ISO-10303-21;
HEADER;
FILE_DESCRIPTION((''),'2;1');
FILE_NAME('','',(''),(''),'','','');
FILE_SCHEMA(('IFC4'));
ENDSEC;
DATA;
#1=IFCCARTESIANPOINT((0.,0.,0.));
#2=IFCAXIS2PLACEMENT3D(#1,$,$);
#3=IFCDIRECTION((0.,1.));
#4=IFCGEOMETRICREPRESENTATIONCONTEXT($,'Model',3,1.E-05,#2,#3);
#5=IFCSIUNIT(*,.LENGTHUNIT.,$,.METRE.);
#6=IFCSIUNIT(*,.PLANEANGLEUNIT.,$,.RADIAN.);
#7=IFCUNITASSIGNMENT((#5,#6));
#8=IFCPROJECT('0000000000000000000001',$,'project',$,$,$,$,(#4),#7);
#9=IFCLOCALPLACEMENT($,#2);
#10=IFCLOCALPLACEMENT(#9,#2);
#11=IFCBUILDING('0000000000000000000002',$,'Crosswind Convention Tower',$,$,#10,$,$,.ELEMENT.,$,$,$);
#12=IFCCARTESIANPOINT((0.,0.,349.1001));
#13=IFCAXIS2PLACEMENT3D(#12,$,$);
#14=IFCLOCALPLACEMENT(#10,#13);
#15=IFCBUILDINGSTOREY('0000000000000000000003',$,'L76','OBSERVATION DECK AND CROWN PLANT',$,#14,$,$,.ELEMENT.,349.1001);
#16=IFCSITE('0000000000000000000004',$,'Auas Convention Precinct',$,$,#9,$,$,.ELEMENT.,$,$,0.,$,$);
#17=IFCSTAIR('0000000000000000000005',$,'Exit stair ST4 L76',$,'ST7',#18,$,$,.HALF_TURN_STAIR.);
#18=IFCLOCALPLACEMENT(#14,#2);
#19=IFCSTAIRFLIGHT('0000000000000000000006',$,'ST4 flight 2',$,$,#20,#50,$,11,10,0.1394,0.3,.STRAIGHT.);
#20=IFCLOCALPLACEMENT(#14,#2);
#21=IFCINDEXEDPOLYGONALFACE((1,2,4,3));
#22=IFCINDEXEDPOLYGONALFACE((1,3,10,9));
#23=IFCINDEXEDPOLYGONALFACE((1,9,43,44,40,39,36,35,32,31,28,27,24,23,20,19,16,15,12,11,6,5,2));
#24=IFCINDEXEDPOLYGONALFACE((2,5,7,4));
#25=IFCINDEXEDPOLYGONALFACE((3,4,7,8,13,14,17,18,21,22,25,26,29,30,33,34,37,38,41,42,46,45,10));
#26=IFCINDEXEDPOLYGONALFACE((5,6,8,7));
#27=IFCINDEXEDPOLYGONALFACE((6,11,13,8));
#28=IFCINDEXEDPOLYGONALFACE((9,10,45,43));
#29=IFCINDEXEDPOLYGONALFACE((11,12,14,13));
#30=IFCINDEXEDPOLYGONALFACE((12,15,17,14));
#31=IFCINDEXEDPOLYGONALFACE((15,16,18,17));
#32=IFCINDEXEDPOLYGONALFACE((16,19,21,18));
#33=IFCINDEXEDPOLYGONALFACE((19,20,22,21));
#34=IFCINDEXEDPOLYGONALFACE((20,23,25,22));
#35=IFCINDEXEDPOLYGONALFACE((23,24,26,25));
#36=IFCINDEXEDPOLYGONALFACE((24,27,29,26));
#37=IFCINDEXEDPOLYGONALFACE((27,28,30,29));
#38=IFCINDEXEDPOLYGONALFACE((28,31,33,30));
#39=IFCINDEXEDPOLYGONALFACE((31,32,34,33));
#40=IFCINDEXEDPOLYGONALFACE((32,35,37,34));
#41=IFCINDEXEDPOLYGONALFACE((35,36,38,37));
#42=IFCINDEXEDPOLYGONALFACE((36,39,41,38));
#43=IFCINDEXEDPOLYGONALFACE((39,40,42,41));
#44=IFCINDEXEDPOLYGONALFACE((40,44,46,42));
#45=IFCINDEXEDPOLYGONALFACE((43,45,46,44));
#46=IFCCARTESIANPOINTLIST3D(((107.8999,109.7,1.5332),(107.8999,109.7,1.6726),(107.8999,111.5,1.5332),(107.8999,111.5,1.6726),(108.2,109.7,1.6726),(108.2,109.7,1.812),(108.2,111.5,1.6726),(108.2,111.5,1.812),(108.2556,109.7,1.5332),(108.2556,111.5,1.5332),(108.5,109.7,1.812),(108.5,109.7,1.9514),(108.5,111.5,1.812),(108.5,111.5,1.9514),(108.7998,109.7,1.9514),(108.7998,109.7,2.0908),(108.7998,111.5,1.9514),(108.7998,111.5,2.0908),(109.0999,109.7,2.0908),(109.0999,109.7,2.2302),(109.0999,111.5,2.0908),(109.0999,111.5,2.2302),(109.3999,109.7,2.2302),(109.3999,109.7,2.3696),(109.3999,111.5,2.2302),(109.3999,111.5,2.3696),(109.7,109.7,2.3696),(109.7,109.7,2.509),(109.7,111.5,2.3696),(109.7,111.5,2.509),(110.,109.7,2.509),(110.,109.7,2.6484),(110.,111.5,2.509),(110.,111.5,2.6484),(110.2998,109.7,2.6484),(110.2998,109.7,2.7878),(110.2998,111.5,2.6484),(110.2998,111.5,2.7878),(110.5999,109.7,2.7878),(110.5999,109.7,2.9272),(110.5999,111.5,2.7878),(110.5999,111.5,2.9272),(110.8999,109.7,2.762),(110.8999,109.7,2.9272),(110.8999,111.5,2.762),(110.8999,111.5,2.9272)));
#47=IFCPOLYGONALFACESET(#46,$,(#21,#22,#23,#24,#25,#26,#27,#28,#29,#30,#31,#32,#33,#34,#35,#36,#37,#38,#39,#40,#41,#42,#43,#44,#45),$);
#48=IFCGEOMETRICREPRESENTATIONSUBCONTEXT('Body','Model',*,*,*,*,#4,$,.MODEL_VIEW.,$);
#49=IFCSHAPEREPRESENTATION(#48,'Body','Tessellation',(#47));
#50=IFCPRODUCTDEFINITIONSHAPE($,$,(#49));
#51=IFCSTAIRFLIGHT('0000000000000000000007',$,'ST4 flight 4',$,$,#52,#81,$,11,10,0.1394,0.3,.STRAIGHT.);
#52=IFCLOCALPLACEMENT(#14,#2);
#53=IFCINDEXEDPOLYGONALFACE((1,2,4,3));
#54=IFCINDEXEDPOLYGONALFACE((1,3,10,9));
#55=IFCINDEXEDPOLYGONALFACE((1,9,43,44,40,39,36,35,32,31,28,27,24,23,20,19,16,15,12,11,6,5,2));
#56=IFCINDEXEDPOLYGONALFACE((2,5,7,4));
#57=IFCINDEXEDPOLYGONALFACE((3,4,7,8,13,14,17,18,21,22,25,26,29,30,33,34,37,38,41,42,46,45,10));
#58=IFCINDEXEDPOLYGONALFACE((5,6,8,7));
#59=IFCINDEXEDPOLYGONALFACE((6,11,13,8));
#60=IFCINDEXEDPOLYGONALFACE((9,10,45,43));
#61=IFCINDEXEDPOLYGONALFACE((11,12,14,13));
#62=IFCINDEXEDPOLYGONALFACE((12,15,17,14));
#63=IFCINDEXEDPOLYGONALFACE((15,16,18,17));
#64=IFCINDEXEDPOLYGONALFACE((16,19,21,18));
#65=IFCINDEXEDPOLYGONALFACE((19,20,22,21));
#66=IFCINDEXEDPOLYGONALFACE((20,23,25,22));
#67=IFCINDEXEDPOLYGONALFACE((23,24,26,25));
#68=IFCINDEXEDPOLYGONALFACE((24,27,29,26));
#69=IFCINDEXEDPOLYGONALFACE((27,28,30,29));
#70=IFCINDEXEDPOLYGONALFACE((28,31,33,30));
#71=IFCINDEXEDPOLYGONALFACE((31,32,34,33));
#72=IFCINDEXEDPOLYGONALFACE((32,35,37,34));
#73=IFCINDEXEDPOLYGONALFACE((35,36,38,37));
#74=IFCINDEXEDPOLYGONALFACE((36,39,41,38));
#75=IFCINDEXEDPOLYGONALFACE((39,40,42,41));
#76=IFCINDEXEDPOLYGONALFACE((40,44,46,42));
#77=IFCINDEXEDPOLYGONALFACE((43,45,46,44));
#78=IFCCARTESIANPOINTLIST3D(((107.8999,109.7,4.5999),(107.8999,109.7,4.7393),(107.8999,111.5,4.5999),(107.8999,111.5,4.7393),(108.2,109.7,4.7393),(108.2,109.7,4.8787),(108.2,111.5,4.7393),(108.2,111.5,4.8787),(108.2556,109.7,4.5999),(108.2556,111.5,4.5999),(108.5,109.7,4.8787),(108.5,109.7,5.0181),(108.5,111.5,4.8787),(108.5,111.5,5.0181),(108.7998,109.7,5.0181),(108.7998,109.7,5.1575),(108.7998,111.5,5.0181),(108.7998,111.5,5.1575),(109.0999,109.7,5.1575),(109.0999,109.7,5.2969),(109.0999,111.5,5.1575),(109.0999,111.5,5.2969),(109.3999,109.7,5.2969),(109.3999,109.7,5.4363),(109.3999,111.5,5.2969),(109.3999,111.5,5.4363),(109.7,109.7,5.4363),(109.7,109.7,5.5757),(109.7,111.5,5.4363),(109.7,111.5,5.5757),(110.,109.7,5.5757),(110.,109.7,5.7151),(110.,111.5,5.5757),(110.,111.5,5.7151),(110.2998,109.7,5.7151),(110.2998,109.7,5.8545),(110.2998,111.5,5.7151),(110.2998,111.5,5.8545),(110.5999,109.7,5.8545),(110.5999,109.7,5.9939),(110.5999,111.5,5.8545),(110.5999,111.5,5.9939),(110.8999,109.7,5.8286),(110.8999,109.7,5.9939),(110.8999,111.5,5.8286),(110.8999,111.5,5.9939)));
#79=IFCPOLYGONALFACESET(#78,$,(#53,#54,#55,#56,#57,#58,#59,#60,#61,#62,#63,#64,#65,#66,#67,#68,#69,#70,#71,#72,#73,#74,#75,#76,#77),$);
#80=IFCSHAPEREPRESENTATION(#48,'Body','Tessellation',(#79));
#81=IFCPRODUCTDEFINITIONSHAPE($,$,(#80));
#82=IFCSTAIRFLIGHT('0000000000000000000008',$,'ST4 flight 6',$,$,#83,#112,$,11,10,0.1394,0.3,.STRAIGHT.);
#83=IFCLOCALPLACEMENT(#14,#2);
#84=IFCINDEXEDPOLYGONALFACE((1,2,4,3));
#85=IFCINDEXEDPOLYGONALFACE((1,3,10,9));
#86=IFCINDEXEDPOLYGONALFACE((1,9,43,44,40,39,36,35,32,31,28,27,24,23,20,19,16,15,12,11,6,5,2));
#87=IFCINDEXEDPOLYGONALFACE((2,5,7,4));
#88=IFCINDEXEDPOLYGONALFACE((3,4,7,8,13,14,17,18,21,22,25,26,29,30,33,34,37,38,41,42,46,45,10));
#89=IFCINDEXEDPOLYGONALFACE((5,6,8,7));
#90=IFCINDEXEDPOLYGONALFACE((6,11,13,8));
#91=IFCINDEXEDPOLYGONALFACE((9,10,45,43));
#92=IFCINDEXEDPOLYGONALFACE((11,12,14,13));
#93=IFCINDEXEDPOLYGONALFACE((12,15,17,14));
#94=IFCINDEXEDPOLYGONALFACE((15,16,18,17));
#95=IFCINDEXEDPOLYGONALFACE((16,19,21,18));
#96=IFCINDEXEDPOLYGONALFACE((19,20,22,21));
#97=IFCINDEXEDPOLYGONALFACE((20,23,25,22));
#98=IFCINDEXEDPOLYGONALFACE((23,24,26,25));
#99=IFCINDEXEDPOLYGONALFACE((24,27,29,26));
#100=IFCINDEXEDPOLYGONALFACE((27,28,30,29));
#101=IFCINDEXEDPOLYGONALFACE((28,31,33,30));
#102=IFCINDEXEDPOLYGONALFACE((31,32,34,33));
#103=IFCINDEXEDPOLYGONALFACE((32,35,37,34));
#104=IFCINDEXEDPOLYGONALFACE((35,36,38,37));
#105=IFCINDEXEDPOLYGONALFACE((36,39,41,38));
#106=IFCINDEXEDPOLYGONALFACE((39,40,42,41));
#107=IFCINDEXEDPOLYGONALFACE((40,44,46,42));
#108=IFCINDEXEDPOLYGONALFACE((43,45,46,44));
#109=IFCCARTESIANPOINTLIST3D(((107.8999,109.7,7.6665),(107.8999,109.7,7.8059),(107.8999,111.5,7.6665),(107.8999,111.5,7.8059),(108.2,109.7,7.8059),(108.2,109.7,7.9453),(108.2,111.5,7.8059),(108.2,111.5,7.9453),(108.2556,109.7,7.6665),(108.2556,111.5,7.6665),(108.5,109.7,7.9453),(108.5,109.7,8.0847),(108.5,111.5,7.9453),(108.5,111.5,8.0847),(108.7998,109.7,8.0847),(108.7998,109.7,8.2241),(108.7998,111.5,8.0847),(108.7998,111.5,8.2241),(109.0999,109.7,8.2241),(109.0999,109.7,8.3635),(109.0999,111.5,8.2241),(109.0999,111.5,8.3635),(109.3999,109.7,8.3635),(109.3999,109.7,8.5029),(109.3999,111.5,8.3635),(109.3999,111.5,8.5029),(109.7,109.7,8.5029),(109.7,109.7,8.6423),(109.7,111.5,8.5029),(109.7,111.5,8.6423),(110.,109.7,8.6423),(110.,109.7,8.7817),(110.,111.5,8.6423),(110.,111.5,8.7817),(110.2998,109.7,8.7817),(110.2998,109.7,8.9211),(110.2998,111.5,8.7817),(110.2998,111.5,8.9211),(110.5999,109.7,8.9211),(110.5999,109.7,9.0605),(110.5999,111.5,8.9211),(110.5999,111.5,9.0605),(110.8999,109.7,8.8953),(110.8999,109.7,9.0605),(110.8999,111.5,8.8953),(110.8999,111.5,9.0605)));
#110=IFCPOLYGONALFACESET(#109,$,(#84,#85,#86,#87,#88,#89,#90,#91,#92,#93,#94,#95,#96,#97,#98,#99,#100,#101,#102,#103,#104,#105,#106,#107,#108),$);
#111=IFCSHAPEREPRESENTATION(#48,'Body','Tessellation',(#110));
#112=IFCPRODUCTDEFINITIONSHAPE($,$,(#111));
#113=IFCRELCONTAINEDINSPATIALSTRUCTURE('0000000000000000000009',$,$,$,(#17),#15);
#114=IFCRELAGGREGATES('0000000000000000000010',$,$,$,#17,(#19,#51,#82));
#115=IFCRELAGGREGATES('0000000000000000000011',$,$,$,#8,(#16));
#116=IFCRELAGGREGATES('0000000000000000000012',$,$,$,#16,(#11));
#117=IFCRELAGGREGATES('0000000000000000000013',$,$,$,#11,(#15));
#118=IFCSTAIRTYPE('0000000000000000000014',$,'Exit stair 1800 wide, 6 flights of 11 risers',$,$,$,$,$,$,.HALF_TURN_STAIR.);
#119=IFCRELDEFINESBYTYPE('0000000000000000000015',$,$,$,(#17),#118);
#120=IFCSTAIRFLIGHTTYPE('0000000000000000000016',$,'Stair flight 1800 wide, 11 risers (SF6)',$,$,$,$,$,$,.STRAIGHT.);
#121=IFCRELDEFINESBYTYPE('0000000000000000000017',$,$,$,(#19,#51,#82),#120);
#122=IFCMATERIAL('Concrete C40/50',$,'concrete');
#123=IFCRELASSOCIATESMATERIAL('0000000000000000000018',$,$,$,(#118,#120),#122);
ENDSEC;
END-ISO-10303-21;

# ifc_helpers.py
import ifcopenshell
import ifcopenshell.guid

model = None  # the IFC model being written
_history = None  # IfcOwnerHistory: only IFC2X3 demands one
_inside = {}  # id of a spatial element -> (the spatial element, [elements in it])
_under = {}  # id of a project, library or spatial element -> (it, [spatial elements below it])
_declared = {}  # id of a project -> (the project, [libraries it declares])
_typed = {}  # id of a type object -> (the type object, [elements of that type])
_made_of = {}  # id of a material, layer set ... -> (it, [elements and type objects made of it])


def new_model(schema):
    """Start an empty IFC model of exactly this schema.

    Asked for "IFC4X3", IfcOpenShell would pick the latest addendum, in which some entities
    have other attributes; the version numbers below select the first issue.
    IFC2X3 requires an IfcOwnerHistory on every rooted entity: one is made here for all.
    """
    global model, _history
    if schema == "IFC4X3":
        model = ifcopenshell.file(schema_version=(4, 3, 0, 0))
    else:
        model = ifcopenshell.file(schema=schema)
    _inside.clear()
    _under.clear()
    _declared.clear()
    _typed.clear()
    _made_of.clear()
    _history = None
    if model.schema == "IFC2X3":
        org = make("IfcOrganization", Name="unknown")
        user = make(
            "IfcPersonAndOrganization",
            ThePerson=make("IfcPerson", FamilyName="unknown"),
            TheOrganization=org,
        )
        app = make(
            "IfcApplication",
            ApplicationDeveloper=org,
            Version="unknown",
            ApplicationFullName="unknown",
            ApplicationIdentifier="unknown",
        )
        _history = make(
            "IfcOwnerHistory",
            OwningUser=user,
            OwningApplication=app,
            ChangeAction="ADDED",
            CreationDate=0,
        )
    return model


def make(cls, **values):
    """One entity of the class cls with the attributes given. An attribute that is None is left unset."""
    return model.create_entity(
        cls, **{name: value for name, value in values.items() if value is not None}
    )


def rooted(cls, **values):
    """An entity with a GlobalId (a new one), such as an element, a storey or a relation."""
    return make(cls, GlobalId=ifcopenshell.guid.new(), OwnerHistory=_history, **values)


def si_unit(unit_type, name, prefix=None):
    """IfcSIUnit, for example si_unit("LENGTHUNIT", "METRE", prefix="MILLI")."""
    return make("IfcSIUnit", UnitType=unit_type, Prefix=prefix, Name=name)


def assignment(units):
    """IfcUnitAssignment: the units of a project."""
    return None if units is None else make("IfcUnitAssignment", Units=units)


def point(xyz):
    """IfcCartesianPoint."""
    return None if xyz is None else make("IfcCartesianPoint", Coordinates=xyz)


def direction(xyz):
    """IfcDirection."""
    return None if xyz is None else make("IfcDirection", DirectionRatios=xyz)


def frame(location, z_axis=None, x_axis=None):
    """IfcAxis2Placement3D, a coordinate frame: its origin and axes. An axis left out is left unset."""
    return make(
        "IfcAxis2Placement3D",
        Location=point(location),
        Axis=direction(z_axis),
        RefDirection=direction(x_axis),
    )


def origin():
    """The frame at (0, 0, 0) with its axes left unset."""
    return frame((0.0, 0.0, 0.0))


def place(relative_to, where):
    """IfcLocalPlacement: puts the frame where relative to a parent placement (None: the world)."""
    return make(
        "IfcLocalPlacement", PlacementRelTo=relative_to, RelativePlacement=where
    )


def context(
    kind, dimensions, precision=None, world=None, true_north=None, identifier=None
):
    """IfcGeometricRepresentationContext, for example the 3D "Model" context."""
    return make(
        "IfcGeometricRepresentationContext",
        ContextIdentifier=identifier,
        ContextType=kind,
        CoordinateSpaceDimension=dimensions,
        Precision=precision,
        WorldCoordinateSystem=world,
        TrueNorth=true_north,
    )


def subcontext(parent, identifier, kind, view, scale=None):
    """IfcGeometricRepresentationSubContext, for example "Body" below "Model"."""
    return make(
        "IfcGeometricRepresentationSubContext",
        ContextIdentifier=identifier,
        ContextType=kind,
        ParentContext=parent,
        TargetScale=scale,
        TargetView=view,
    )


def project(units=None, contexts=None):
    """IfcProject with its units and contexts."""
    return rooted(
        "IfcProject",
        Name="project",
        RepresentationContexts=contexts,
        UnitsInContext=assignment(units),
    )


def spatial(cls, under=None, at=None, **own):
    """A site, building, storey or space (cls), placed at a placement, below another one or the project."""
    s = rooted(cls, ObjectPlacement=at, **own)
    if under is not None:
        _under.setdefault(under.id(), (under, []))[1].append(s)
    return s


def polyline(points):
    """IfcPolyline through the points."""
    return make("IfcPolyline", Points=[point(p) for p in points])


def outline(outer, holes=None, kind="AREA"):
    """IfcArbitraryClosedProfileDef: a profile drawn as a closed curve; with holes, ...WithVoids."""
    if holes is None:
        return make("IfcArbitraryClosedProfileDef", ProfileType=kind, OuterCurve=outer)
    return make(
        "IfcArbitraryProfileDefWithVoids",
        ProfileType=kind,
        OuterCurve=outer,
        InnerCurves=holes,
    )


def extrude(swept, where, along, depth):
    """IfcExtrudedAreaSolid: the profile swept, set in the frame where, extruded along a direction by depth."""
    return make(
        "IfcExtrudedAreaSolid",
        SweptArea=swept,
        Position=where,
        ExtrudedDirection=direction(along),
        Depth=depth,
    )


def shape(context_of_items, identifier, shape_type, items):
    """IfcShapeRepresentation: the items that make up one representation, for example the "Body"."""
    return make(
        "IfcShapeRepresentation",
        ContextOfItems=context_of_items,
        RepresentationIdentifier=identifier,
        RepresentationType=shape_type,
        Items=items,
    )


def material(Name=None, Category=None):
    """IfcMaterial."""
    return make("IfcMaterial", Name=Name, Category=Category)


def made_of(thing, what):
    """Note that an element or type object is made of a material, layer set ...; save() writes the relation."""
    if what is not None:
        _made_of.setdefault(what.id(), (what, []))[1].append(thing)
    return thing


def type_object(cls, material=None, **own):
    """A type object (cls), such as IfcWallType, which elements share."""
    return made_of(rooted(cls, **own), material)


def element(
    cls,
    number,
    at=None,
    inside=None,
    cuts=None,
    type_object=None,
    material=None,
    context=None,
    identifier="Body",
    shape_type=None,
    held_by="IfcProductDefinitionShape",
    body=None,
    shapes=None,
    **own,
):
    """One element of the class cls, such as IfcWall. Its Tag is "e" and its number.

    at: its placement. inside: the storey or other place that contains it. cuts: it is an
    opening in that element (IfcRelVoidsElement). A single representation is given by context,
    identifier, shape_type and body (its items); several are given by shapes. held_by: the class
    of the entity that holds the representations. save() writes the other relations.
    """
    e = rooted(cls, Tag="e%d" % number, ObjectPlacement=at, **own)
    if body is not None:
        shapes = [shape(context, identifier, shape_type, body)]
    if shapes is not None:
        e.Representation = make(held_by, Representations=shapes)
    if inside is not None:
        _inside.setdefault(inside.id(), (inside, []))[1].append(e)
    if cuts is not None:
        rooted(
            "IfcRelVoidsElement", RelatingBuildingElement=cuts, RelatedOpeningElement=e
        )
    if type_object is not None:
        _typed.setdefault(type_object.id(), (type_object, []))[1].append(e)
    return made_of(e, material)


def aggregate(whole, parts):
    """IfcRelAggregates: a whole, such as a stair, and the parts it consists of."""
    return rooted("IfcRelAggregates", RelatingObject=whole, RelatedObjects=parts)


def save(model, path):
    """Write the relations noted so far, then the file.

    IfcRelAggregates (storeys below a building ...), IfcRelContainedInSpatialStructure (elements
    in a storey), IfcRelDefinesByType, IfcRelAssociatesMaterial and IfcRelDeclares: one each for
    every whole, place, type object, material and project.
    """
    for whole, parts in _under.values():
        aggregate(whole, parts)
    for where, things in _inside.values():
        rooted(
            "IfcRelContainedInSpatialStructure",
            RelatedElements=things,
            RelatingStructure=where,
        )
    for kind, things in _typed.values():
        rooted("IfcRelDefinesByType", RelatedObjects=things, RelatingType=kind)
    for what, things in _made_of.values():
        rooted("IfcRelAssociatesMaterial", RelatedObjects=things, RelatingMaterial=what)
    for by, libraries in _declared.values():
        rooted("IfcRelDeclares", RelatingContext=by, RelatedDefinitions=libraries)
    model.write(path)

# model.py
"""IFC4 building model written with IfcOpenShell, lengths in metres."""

from ifc_helpers import new_model, si_unit, direction, frame, origin, place, context, subcontext, project, spatial, polyline, outline, extrude, material, type_object, element, aggregate, save


model = new_model("IFC4")

# Units and contexts
model_context = context("Model", 3, precision=1e-05, world=origin(), true_north=direction((0.0, 1.0)))
body_context = subcontext(model_context, "Body", "Model", "MODEL_VIEW")
ifc_project = project(units=[si_unit("LENGTHUNIT", "METRE"), si_unit("PLANEANGLEUNIT", "RADIAN")], contexts=[model_context])

# Site, building, storey
site_placement = place(None, origin())
site = spatial("IfcSite", under=ifc_project, at=site_placement, Name="Auas Convention Precinct", CompositionType="ELEMENT", RefElevation=0.0)
building_placement = place(site_placement, origin())
building = spatial("IfcBuilding", under=site, at=building_placement, Name="Crosswind Convention Tower", CompositionType="ELEMENT")
storey_placement = place(building_placement, frame((0.0, 0.0, 349.1001)))
storey = spatial("IfcBuildingStorey", under=building, at=storey_placement, Name="L76", Description="OBSERVATION DECK AND CROWN PLANT", CompositionType="ELEMENT", Elevation=349.1001)

# Stair, stair flights
ifc_material_1 = material(Name="Concrete C40/50", Category="concrete")
stair_type = type_object("IfcStairType", Name="Exit stair 1800 wide, 6 flights of 11 risers", PredefinedType="HALF_TURN_STAIR", material=ifc_material_1)
stair_placement = place(storey_placement, origin())
stair = element("IfcStair", 1, at=stair_placement, inside=storey, type_object=stair_type, Name="Exit stair ST4 L76", ObjectType="ST7", PredefinedType="HALF_TURN_STAIR")
stair_flight_type = type_object("IfcStairFlightType", Name="Stair flight 1800 wide, 11 risers (SF6)", PredefinedType="STRAIGHT", material=ifc_material_1)
stair_flight_1_placement = place(storey_placement, frame((107.8999, 110.6001, 1.5332), z_axis=(0.0, 0.0, 1.0), x_axis=(1.0, 0.0, 0.0)))
stair_flight_1 = element("IfcStairFlight", 2, at=stair_flight_1_placement, type_object=stair_flight_type, Name="ST4 flight 2", NumberOfRisers=11, NumberOfTreads=10, PredefinedType="STRAIGHT", RiserHeight=0.1394, TreadLength=0.3, context=body_context, shape_type="SweptSolid", body=[
    extrude(outline(polyline([(0.0, 0.0), (0.0, 0.1394), (0.3, 0.1394), (0.3, 0.2788), (0.6001, 0.2788), (0.6001, 0.4182), (0.8999, 0.4182), (0.8999, 0.5576), (1.2, 0.5576), (1.2, 0.697), (1.5, 0.697), (1.5, 0.8364), (1.8, 0.8364), (1.8, 0.9758), (2.1001, 0.9758), (2.1001, 1.1152), (2.3999, 1.1152), (2.3999, 1.2546), (2.7, 1.2546), (2.7, 1.394), (3.0, 1.394), (3.0, 1.5334), (3.0, 1.2288), (0.3557, 0.0), (0.0, 0.0)])), frame((0.0, 0.8999, 0.0), z_axis=(0.0, -1.0, 0.0), x_axis=(1.0, 0.0, 0.0)), (0.0, 0.0, 1.0), 1.8),
])
stair_flight_2_placement = place(storey_placement, frame((107.8999, 110.6001, 4.5999), z_axis=(0.0, 0.0, 1.0), x_axis=(1.0, 0.0, 0.0)))
stair_flight_2 = element("IfcStairFlight", 3, at=stair_flight_2_placement, type_object=stair_flight_type, Name="ST4 flight 4", NumberOfRisers=11, NumberOfTreads=10, PredefinedType="STRAIGHT", RiserHeight=0.1394, TreadLength=0.3, context=body_context, shape_type="SweptSolid", body=[
    extrude(outline(polyline([(0.0, 0.0), (0.0, 0.1394), (0.3, 0.1394), (0.3, 0.2788), (0.6001, 0.2788), (0.6001, 0.4182), (0.8999, 0.4182), (0.8999, 0.5576), (1.2, 0.5576), (1.2, 0.697), (1.5, 0.697), (1.5, 0.8364), (1.8, 0.8364), (1.8, 0.9758), (2.1001, 0.9758), (2.1001, 1.1152), (2.3999, 1.1152), (2.3999, 1.2546), (2.7, 1.2546), (2.7, 1.394), (3.0, 1.394), (3.0, 1.5334), (3.0, 1.2288), (0.3557, 0.0), (0.0, 0.0)])), frame((0.0, 0.8999, 0.0), z_axis=(0.0, -1.0, 0.0), x_axis=(1.0, 0.0, 0.0)), (0.0, 0.0, 1.0), 1.8),
])
stair_flight_3_placement = place(storey_placement, frame((107.8999, 110.6001, 7.6665), z_axis=(0.0, 0.0, 1.0), x_axis=(1.0, 0.0, 0.0)))
stair_flight_3 = element("IfcStairFlight", 4, at=stair_flight_3_placement, type_object=stair_flight_type, Name="ST4 flight 6", NumberOfRisers=11, NumberOfTreads=10, PredefinedType="STRAIGHT", RiserHeight=0.1394, TreadLength=0.3, context=body_context, shape_type="SweptSolid", body=[
    extrude(outline(polyline([(0.0, 0.0), (0.0, 0.1394), (0.3, 0.1394), (0.3, 0.2788), (0.6001, 0.2788), (0.6001, 0.4182), (0.8999, 0.4182), (0.8999, 0.5576), (1.2, 0.5576), (1.2, 0.697), (1.5, 0.697), (1.5, 0.8364), (1.8, 0.8364), (1.8, 0.9758), (2.1001, 0.9758), (2.1001, 1.1152), (2.3999, 1.1152), (2.3999, 1.2546), (2.7, 1.2546), (2.7, 1.394), (3.0, 1.394), (3.0, 1.5334), (3.0, 1.2288), (0.3557, 0.0), (0.0, 0.0)])), frame((0.0, 0.8999, 0.0), z_axis=(0.0, -1.0, 0.0), x_axis=(1.0, 0.0, 0.0)), (0.0, 0.0, 1.0), 1.8),
])
aggregate(stair, [stair_flight_1, stair_flight_2, stair_flight_3])

save(model, "model.ifc")
